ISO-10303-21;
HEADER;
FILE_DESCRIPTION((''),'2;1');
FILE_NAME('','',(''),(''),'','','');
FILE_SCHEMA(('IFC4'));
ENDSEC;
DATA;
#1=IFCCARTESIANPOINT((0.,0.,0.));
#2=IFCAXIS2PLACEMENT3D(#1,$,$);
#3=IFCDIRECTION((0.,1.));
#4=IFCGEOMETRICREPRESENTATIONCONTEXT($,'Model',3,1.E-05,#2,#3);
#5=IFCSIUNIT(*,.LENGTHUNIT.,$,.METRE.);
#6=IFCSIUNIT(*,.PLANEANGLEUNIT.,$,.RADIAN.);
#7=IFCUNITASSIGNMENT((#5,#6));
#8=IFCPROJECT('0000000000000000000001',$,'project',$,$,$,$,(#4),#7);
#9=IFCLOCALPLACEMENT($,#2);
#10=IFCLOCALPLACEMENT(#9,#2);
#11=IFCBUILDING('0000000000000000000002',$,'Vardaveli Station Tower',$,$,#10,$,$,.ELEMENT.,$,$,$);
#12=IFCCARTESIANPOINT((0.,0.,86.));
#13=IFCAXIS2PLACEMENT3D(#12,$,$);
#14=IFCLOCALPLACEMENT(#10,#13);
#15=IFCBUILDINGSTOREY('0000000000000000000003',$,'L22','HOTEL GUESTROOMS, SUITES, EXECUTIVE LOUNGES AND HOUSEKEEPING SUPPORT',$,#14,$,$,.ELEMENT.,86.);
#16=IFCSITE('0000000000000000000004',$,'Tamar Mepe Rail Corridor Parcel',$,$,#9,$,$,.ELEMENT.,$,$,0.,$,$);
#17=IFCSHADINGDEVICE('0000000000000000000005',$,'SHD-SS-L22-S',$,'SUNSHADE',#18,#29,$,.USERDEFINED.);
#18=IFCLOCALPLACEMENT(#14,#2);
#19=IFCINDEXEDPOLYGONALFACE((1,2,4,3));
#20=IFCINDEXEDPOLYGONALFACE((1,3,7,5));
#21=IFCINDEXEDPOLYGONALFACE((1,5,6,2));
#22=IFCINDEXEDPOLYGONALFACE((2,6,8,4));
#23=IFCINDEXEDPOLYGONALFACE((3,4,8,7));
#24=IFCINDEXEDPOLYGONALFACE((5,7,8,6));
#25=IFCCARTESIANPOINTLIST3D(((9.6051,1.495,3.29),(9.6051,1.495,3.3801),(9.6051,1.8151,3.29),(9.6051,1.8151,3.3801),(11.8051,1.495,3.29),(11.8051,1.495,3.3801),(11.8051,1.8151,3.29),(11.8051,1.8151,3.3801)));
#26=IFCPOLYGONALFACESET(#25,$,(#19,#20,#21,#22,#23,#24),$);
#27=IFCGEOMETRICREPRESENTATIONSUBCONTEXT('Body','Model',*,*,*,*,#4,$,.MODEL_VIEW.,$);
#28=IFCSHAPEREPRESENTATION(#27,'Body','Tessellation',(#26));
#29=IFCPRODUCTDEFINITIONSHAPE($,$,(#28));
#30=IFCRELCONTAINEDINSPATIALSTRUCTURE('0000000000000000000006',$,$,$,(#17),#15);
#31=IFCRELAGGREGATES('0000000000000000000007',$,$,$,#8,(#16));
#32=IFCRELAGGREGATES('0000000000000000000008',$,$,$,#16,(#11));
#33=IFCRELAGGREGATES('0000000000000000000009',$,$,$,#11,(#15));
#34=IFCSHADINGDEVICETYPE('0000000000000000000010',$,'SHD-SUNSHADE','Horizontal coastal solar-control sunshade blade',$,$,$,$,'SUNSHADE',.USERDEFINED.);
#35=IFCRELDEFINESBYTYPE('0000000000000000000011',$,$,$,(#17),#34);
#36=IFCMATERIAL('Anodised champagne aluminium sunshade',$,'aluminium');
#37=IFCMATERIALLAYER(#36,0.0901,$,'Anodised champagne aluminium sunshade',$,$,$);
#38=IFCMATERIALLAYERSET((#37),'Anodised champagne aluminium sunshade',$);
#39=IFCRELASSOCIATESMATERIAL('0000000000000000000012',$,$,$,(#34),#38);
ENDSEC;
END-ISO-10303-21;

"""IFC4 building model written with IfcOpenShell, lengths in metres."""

from ifc_helpers import new_model, si_unit, direction, frame, origin, origin_2d, place, context, subcontext, project, spatial, rectangle, extrude, source, transform, mapped, material, layer, layer_set, type_object, element, save


model = new_model("IFC4")

# Units and contexts
model_context = context("Model", 3, precision=1e-05, world=origin(), true_north=direction((0.0, 1.0)))
body_context = subcontext(model_context, "Body", "Model", "MODEL_VIEW")
ifc_project = project(units=[si_unit("LENGTHUNIT", "METRE"), si_unit("PLANEANGLEUNIT", "RADIAN")], contexts=[model_context])

# Site, building, storey
site_placement = place(None, origin())
site = spatial("IfcSite", under=ifc_project, at=site_placement, Name="Tamar Mepe Rail Corridor Parcel", CompositionType="ELEMENT", RefElevation=0.0)
building_placement = place(site_placement, origin())
building = spatial("IfcBuilding", under=site, at=building_placement, Name="Vardaveli Station Tower", CompositionType="ELEMENT")
storey_placement = place(building_placement, frame((0.0, 0.0, 86.0)))
storey = spatial("IfcBuildingStorey", under=building, at=storey_placement, Name="L22", Description="HOTEL GUESTROOMS, SUITES, EXECUTIVE LOUNGES AND HOUSEKEEPING SUPPORT", CompositionType="ELEMENT", Elevation=86.0)

# Shading device
ifc_material_1 = material(Name="Anodised champagne aluminium sunshade", Category="aluminium")
ifc_layer_1 = layer(ifc_material_1, 0.0901, Name="Anodised champagne aluminium sunshade")
ifc_layer_set_1 = layer_set([ifc_layer_1], Name="Anodised champagne aluminium sunshade")
shading_device_type = type_object("IfcShadingDeviceType", Name="SHD-SUNSHADE", Description="Horizontal coastal solar-control sunshade blade", ElementType="SUNSHADE", PredefinedType="USERDEFINED", material=ifc_layer_set_1)
shared_shape_1 = source(origin(), body_context, "Body", "SweptSolid", [
    extrude(rectangle(XDim=2.2, YDim=0.3201, at=origin_2d()), origin(), (0.0, 0.0, 1.0), 0.0901),
])
shading_device_placement = place(storey_placement, frame((10.7051, 1.655, 3.29), z_axis=(0.0, 0.0, 1.0), x_axis=(1.0, 0.0, 0.0)))
element("IfcShadingDevice", 1, at=shading_device_placement, inside=storey, type_object=shading_device_type, Name="SHD-SS-L22-S", ObjectType="SUNSHADE", PredefinedType="USERDEFINED", context=body_context, shape_type="MappedRepresentation", body=[
    mapped(shared_shape_1, transform((0.0, 0.0, 0.0), scale=1.0)),
])

save(model, "model.ifc")
